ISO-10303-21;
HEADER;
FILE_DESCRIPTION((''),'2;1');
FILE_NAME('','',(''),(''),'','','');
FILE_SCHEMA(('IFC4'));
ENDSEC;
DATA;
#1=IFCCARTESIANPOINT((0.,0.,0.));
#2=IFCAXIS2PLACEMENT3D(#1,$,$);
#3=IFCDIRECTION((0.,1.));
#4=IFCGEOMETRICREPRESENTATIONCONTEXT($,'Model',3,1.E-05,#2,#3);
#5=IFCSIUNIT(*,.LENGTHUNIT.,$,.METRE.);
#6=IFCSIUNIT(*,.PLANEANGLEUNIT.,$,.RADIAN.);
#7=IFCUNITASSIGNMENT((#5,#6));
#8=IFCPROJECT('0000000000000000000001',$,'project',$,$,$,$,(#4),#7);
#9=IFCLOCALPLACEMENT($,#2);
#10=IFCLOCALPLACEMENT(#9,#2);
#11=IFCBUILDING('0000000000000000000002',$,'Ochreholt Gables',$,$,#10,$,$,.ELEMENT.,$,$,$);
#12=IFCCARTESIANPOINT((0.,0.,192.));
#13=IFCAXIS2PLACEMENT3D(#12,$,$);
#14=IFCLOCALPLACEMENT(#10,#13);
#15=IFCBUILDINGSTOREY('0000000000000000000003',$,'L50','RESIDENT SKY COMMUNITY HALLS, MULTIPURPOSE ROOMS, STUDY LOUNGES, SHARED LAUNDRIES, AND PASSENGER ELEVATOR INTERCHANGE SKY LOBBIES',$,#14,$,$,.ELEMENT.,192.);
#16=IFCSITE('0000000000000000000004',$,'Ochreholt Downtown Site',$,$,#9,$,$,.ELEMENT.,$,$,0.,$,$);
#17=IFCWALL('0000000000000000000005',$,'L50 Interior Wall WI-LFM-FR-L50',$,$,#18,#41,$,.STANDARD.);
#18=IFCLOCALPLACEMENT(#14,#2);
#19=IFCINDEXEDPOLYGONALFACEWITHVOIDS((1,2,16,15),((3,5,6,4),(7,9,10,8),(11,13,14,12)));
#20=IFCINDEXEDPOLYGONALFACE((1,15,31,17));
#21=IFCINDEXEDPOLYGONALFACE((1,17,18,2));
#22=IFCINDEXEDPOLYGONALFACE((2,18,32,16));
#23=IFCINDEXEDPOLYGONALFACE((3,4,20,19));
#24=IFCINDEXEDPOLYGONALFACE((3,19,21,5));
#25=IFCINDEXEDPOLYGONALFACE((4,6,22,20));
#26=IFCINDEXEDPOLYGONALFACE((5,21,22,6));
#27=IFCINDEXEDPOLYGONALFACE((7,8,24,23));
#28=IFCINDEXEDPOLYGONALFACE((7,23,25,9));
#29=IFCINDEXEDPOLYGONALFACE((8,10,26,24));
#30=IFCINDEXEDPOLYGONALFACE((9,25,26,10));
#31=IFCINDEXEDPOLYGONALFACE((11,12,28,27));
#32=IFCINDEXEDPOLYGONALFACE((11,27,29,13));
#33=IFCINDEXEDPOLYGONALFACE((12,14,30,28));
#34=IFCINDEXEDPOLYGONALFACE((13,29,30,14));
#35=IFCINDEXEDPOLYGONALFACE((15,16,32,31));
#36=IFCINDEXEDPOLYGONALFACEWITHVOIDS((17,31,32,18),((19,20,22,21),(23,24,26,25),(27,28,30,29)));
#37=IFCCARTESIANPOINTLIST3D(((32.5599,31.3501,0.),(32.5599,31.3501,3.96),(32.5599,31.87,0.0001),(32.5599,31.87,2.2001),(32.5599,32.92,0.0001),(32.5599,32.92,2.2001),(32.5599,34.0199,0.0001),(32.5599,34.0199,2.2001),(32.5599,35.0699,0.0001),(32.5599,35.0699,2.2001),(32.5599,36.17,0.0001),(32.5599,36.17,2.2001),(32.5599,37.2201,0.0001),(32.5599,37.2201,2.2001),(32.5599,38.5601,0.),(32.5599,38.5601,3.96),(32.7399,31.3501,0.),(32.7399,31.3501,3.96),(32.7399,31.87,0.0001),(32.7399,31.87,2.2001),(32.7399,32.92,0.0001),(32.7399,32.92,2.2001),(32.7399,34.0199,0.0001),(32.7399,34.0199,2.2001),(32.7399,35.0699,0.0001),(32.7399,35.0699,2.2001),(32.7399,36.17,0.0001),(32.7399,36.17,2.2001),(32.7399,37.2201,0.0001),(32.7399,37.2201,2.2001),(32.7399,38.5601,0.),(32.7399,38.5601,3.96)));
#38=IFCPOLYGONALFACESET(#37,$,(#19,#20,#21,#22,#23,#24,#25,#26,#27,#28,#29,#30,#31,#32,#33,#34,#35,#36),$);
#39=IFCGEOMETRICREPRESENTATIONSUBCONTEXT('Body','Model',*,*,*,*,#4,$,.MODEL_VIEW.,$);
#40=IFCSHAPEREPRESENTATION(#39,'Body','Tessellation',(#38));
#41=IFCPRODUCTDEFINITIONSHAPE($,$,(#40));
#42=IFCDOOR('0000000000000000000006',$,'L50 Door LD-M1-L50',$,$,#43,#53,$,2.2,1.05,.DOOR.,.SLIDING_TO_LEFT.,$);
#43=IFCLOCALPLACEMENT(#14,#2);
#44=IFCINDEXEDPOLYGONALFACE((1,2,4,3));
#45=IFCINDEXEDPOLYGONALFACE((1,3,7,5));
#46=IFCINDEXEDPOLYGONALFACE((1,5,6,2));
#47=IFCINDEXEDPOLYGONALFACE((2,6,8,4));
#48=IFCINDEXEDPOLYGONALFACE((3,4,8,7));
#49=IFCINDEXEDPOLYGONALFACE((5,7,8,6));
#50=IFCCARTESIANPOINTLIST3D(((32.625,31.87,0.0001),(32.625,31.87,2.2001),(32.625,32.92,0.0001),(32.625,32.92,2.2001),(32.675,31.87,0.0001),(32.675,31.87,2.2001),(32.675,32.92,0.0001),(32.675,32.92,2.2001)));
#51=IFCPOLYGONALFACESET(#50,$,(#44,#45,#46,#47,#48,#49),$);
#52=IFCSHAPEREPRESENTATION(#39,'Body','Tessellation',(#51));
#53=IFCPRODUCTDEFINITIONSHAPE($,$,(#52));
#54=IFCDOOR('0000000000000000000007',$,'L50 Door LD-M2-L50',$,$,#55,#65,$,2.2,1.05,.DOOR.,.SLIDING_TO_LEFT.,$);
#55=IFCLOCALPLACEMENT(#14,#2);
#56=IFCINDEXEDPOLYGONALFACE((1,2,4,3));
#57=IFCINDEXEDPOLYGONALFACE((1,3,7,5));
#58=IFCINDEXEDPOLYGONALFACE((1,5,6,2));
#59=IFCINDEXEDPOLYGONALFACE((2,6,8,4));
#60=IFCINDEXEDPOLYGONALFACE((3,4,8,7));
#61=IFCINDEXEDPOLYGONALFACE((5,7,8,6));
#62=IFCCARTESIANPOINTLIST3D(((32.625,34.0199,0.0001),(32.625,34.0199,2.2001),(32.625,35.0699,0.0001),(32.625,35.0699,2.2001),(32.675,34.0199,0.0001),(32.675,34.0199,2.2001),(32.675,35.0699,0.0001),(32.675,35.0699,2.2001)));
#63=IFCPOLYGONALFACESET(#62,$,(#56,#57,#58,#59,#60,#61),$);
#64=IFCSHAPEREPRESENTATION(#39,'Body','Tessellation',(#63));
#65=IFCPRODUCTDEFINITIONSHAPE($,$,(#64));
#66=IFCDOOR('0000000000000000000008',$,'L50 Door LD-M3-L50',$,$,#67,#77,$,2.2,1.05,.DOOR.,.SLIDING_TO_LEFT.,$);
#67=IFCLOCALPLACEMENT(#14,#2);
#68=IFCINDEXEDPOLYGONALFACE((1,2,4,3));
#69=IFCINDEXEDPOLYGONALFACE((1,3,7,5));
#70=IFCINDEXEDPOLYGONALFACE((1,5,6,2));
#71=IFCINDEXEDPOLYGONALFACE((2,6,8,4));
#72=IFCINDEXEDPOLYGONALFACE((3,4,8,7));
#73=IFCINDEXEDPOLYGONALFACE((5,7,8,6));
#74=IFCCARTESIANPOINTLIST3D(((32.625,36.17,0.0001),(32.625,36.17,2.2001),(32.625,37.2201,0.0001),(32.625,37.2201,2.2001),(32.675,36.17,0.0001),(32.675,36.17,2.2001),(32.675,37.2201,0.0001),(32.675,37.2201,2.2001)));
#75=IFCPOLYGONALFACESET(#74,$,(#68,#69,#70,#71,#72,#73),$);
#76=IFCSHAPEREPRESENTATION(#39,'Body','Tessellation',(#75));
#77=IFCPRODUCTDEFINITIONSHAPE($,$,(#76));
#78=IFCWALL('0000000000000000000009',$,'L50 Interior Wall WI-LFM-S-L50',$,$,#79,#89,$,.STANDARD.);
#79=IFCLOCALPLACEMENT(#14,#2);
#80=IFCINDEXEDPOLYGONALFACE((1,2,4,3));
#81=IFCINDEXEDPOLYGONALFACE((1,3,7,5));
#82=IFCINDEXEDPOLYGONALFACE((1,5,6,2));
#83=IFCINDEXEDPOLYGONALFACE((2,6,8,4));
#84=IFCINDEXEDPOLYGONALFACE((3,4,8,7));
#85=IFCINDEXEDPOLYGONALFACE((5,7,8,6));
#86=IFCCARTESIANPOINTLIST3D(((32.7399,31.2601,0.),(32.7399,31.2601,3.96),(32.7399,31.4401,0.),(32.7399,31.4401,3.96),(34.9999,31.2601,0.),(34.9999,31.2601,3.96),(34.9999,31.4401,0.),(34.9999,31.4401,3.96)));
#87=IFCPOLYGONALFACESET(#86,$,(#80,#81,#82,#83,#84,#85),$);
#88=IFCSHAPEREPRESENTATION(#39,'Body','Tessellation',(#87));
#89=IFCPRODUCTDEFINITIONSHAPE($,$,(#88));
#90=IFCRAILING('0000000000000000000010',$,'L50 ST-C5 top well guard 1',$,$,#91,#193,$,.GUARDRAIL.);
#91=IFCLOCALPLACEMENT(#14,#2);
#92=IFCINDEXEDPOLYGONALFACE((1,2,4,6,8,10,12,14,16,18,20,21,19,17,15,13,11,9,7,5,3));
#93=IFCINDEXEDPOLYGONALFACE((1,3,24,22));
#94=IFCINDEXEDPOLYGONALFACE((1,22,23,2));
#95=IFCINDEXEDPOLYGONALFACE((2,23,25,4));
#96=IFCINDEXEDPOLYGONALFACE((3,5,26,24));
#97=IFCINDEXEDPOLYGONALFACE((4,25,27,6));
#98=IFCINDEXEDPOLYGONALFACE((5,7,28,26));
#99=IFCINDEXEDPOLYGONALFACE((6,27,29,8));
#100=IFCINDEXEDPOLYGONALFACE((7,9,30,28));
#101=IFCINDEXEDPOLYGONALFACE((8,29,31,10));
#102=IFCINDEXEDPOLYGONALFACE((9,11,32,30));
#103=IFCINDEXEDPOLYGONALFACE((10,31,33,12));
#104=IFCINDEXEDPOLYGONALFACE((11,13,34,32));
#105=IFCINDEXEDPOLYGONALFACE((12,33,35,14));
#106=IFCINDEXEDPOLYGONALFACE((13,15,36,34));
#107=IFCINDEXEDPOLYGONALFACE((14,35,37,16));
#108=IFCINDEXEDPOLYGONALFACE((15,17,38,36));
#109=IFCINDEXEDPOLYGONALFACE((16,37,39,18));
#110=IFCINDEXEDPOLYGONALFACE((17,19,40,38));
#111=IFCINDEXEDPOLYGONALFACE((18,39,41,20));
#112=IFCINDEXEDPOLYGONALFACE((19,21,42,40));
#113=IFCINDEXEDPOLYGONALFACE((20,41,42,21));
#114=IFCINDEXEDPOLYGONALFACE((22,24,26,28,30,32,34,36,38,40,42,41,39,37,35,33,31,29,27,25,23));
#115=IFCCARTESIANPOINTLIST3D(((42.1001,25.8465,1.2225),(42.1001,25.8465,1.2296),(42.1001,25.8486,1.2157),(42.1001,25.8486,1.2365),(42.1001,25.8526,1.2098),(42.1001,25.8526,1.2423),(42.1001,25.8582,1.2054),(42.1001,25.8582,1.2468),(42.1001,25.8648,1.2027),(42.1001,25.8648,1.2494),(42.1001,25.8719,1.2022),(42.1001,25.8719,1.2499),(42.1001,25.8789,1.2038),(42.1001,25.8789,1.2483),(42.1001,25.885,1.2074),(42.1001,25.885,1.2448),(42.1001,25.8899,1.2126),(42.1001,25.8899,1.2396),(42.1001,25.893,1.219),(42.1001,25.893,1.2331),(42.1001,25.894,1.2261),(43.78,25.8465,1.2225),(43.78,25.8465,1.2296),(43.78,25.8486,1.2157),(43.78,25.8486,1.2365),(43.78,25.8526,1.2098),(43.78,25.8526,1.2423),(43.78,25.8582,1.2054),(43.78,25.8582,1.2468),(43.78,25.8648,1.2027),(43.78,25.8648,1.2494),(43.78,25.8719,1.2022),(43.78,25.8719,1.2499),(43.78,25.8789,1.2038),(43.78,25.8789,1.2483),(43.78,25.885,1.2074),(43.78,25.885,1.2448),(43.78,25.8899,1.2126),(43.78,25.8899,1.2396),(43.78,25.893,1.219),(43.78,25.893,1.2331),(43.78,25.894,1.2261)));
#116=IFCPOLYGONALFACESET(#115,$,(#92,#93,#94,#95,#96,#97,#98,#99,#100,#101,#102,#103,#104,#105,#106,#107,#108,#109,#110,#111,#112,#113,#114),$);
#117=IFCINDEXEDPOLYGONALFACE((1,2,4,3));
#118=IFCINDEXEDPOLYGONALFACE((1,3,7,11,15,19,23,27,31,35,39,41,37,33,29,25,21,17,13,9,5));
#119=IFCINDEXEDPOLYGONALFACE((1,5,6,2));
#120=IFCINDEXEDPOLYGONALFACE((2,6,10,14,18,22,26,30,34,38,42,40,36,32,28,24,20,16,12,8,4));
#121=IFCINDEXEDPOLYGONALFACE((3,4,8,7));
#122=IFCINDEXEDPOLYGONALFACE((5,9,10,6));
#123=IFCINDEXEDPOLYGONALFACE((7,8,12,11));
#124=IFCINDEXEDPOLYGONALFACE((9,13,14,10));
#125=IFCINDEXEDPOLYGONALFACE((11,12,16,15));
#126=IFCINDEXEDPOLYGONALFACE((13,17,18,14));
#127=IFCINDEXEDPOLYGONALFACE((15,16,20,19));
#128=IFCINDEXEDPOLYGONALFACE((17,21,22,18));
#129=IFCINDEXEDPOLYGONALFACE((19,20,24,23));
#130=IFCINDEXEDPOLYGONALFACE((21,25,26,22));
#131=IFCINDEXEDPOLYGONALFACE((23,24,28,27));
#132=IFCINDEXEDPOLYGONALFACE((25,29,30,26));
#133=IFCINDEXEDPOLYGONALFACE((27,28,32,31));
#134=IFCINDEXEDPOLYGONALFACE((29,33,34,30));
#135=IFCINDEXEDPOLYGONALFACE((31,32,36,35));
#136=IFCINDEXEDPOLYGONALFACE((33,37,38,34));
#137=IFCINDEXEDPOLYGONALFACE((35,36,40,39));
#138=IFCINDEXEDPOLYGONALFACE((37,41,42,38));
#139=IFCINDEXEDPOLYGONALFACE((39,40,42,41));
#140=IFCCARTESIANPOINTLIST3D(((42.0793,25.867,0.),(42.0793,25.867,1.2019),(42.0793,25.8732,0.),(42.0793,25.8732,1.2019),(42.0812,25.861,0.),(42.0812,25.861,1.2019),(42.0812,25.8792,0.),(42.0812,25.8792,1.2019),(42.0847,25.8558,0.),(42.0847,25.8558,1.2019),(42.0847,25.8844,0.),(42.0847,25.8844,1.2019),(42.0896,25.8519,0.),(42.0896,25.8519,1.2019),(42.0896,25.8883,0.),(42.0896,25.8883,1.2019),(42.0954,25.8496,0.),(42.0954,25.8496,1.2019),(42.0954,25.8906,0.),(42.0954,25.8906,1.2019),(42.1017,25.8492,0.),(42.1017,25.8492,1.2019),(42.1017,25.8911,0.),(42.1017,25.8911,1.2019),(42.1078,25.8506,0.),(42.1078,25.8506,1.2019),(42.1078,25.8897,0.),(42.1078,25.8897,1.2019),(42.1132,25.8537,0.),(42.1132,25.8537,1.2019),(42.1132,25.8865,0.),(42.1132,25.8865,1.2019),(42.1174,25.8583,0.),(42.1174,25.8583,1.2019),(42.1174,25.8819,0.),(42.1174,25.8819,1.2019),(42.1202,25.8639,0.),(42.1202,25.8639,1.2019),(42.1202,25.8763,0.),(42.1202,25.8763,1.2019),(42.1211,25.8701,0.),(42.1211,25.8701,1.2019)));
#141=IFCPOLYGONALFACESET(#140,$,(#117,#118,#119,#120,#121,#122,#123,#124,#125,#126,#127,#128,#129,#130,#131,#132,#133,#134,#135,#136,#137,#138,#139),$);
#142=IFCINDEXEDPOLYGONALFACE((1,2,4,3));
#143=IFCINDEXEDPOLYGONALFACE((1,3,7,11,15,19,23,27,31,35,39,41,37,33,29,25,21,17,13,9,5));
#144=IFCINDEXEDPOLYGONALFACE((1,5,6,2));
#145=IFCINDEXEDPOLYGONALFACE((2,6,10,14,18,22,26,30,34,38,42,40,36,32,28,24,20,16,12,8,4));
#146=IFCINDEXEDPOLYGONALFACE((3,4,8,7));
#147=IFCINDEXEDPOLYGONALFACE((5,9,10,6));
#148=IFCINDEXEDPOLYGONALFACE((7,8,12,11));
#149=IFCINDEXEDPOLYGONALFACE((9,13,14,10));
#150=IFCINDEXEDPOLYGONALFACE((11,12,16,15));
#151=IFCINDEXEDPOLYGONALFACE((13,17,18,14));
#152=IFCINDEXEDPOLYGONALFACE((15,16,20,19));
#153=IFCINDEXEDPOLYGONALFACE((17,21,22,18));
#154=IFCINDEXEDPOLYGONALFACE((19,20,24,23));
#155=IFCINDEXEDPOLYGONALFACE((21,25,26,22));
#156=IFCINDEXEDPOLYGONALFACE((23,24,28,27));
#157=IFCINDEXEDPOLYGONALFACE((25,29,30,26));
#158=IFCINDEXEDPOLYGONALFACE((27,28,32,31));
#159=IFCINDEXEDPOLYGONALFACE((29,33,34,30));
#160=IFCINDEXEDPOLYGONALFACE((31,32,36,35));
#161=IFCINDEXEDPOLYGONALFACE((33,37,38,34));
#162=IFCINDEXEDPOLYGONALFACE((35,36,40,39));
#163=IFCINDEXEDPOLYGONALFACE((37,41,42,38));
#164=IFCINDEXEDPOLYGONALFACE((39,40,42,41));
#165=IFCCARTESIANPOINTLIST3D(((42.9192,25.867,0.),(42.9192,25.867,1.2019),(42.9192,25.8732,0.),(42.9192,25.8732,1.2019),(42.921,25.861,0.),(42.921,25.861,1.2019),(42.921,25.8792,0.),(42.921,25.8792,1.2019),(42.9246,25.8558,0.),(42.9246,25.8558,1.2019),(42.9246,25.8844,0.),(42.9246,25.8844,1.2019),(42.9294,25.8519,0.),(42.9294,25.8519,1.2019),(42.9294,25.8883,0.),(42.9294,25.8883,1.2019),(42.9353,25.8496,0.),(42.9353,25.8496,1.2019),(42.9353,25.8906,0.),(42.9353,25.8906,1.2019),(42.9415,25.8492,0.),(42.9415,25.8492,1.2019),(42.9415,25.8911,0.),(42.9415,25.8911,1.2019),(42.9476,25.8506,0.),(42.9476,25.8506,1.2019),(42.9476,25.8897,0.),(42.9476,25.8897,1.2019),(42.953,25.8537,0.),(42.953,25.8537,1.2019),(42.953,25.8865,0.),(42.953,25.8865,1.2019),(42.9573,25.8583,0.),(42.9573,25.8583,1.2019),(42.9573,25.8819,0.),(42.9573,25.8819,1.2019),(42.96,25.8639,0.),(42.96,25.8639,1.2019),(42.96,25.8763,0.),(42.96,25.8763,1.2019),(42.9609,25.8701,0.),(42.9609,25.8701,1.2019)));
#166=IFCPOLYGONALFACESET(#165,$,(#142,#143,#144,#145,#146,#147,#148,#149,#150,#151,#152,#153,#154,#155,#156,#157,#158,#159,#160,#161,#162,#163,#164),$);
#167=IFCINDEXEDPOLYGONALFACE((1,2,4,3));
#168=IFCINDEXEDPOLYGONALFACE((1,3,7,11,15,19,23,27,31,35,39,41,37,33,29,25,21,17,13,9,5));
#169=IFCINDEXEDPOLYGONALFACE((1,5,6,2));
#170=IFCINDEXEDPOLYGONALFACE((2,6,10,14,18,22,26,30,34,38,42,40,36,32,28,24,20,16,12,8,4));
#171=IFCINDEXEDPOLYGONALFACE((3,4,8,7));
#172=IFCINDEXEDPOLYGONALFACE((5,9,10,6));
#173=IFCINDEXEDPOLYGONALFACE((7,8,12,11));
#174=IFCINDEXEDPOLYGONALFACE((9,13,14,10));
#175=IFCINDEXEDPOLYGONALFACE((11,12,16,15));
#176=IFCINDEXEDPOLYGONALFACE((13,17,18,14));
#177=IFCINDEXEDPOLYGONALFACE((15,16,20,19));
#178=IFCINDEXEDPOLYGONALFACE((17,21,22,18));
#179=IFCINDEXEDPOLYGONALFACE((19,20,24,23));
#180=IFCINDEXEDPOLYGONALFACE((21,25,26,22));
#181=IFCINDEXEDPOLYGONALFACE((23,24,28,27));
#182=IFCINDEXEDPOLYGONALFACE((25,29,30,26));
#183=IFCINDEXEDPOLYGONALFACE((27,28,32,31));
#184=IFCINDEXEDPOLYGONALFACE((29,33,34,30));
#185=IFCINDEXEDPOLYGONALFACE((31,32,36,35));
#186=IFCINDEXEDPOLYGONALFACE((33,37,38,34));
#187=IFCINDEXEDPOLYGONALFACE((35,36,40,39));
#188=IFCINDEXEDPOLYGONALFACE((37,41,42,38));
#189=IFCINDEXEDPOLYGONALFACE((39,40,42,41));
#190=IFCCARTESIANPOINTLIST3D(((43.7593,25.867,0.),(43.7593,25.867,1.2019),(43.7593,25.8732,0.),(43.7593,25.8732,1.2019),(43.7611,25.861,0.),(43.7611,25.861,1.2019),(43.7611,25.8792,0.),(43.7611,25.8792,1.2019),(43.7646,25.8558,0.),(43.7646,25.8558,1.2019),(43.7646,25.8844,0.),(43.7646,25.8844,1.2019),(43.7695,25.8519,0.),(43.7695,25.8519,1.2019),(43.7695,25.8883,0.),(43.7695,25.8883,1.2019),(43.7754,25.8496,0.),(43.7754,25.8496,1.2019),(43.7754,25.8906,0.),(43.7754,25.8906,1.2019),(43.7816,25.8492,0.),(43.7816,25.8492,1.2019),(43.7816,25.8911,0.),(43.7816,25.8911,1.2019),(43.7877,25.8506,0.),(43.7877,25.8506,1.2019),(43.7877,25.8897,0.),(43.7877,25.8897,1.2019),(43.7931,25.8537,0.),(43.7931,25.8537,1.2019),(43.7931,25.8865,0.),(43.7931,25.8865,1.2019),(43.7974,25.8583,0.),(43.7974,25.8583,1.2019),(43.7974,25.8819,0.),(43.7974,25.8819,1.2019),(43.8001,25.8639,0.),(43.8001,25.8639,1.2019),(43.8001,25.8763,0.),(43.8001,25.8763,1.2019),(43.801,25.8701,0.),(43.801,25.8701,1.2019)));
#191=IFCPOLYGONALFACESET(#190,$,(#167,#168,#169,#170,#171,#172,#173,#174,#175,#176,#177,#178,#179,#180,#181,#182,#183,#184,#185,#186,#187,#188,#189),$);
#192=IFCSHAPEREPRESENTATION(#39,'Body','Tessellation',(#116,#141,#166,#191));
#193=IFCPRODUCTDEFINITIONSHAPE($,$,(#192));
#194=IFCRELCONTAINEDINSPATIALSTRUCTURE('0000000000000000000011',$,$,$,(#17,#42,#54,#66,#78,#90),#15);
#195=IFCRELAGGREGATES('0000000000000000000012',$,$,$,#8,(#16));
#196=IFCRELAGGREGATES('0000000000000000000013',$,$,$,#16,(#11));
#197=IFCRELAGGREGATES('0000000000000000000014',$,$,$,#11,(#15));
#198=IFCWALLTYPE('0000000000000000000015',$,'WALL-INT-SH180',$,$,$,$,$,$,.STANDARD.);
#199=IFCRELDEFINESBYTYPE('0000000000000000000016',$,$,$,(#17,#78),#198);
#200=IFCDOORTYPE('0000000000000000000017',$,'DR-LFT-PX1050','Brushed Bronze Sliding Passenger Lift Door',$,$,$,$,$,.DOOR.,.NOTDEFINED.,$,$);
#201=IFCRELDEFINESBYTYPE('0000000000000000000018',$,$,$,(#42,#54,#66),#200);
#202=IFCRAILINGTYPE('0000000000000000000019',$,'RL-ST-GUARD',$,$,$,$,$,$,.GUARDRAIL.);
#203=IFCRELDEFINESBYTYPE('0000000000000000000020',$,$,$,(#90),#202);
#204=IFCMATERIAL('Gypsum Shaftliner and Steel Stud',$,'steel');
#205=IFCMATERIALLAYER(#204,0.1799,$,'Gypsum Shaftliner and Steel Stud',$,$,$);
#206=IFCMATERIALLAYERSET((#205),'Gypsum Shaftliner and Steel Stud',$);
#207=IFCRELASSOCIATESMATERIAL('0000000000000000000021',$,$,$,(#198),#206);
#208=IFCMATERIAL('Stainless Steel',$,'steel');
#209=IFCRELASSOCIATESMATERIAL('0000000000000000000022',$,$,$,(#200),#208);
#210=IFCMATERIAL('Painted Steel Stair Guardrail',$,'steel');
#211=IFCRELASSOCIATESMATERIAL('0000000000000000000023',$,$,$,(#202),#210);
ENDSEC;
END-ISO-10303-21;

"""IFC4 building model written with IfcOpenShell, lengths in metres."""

from ifc_helpers import new_model, si_unit, direction, frame, frame_2d, origin, origin_2d, place, context, subcontext, project, spatial, rectangle, circle, extrude, material, layer, layer_set, type_object, element, fill, save


model = new_model("IFC4")

# Units and contexts
model_context = context("Model", 3, precision=1e-05, world=origin(), true_north=direction((0.0, 1.0)))
body_context = subcontext(model_context, "Body", "Model", "MODEL_VIEW")
ifc_project = project(units=[si_unit("LENGTHUNIT", "METRE"), si_unit("PLANEANGLEUNIT", "RADIAN")], contexts=[model_context])

# Site, building, storey
site_placement = place(None, origin())
site = spatial("IfcSite", under=ifc_project, at=site_placement, Name="Ochreholt Downtown Site", CompositionType="ELEMENT", RefElevation=0.0)
building_placement = place(site_placement, origin())
building = spatial("IfcBuilding", under=site, at=building_placement, Name="Ochreholt Gables", CompositionType="ELEMENT")
storey_placement = place(building_placement, frame((0.0, 0.0, 192.0)))
storey = spatial("IfcBuildingStorey", under=building, at=storey_placement, Name="L50", Description="RESIDENT SKY COMMUNITY HALLS, MULTIPURPOSE ROOMS, STUDY LOUNGES, SHARED LAUNDRIES, AND PASSENGER ELEVATOR INTERCHANGE SKY LOBBIES", CompositionType="ELEMENT", Elevation=192.0)

# Shared definitions
ifc_material_1 = material(Name="Gypsum Shaftliner and Steel Stud", Category="steel")
ifc_layer_1 = layer(ifc_material_1, 0.1799, Name="Gypsum Shaftliner and Steel Stud")
ifc_layer_set_1 = layer_set([ifc_layer_1], Name="Gypsum Shaftliner and Steel Stud")
wall_type_1 = type_object("IfcWallType", Name="WALL-INT-SH180", PredefinedType="STANDARD", material=ifc_layer_set_1)

# Wall, openings, doors
wall_1_placement = place(storey_placement, frame((32.6499, 31.3501, 0.0), z_axis=(0.0, 0.0, 1.0), x_axis=(0.0, 1.0, 0.0)))
wall_1 = element("IfcWall", 1, at=wall_1_placement, inside=storey, type_object=wall_type_1, Name="L50 Interior Wall WI-LFM-FR-L50", PredefinedType="STANDARD", context=body_context, shape_type="SweptSolid", body=[
    extrude(rectangle(XDim=7.21, YDim=0.1799, at=frame_2d((3.605, 0.0))), origin(), (0.0, 0.0, 1.0), 3.96),
])
opening_1_placement = place(wall_1_placement, frame((0.52, 0.0, 0.0)))
opening_1 = element("IfcOpeningElement", 2, at=opening_1_placement, cuts=wall_1, PredefinedType="OPENING", context=body_context, shape_type="SweptSolid", body=[
    extrude(rectangle(XDim=1.05, YDim=2.2, at=frame_2d((0.5249, 1.1001))), frame((0.0, 0.0999, 0.0), z_axis=(0.0, -1.0, 0.0), x_axis=(1.0, 0.0, 0.0)), (0.0, 0.0, 1.0), 0.2),
])
opening_2_placement = place(wall_1_placement, frame((2.6699, 0.0, 0.0)))
opening_2 = element("IfcOpeningElement", 3, at=opening_2_placement, cuts=wall_1, PredefinedType="OPENING", context=body_context, shape_type="SweptSolid", body=[
    extrude(rectangle(XDim=1.05, YDim=2.2, at=frame_2d((0.5249, 1.1001))), frame((0.0, 0.0999, 0.0), z_axis=(0.0, -1.0, 0.0), x_axis=(1.0, 0.0, 0.0)), (0.0, 0.0, 1.0), 0.2),
])
opening_3_placement = place(wall_1_placement, frame((4.8201, 0.0, 0.0)))
opening_3 = element("IfcOpeningElement", 4, at=opening_3_placement, cuts=wall_1, PredefinedType="OPENING", context=body_context, shape_type="SweptSolid", body=[
    extrude(rectangle(XDim=1.05, YDim=2.2, at=frame_2d((0.5249, 1.1001))), frame((0.0, 0.0999, 0.0), z_axis=(0.0, -1.0, 0.0), x_axis=(1.0, 0.0, 0.0)), (0.0, 0.0, 1.0), 0.2),
])
ifc_material_2 = material(Name="Stainless Steel", Category="steel")
door_type = type_object("IfcDoorType", Name="DR-LFT-PX1050", Description="Brushed Bronze Sliding Passenger Lift Door", OperationType="NOTDEFINED", PredefinedType="DOOR", material=ifc_material_2)
door_1_placement = place(opening_1_placement, origin())
door_1 = element("IfcDoor", 5, at=door_1_placement, inside=storey, type_object=door_type, Name="L50 Door LD-M1-L50", OperationType="SLIDING_TO_LEFT", OverallHeight=2.2, OverallWidth=1.05, PredefinedType="DOOR", context=body_context, shape_type="SweptSolid", body=[
    extrude(rectangle(XDim=1.05, YDim=2.2, at=frame_2d((0.5249, 1.1001))), frame((0.0, 0.0249, 0.0), z_axis=(0.0, -1.0, 0.0), x_axis=(1.0, 0.0, 0.0)), (0.0, 0.0, 1.0), 0.05),
])
fill(opening_1, door_1)
door_2_placement = place(opening_2_placement, origin())
door_2 = element("IfcDoor", 6, at=door_2_placement, inside=storey, type_object=door_type, Name="L50 Door LD-M2-L50", OperationType="SLIDING_TO_LEFT", OverallHeight=2.2, OverallWidth=1.05, PredefinedType="DOOR", context=body_context, shape_type="SweptSolid", body=[
    extrude(rectangle(XDim=1.05, YDim=2.2, at=frame_2d((0.5249, 1.1001))), frame((0.0, 0.0249, 0.0), z_axis=(0.0, -1.0, 0.0), x_axis=(1.0, 0.0, 0.0)), (0.0, 0.0, 1.0), 0.05),
])
fill(opening_2, door_2)
door_3_placement = place(opening_3_placement, origin())
door_3 = element("IfcDoor", 7, at=door_3_placement, inside=storey, type_object=door_type, Name="L50 Door LD-M3-L50", OperationType="SLIDING_TO_LEFT", OverallHeight=2.2, OverallWidth=1.05, PredefinedType="DOOR", context=body_context, shape_type="SweptSolid", body=[
    extrude(rectangle(XDim=1.05, YDim=2.2, at=frame_2d((0.5249, 1.1001))), frame((0.0, 0.0249, 0.0), z_axis=(0.0, -1.0, 0.0), x_axis=(1.0, 0.0, 0.0)), (0.0, 0.0, 1.0), 0.05),
])
fill(opening_3, door_3)

# Wall
wall_2_placement = place(storey_placement, frame((32.74, 31.3501, 0.0), z_axis=(0.0, 0.0, 1.0), x_axis=(1.0, 0.0, 0.0)))
element("IfcWall", 8, at=wall_2_placement, inside=storey, type_object=wall_type_1, Name="L50 Interior Wall WI-LFM-S-L50", PredefinedType="STANDARD", context=body_context, shape_type="SweptSolid", body=[
    extrude(rectangle(XDim=2.26, YDim=0.1799, at=frame_2d((1.1299, 0.0))), origin(), (0.0, 0.0, 1.0), 3.96),
])

# Railing
ifc_material_3 = material(Name="Painted Steel Stair Guardrail", Category="steel")
railing_type = type_object("IfcRailingType", Name="RL-ST-GUARD", PredefinedType="GUARDRAIL", material=ifc_material_3)
railing_placement = place(storey_placement, frame((42.1001, 25.8701, 0.0)))
element("IfcRailing", 9, at=railing_placement, inside=storey, type_object=railing_type, Name="L50 ST-C5 top well guard 1", PredefinedType="GUARDRAIL", context=body_context, shape_type="SweptSolid", body=[
    extrude(circle(Radius=0.0239, at=origin_2d()), frame((0.0, 0.0, 1.2261), z_axis=(1.0, 0.0, 0.0), x_axis=(0.0, 1.0, 0.0)), (0.0, 0.0, 1.0), 1.6799),
    extrude(circle(Radius=0.021, at=origin_2d()), origin(), (0.0, 0.0, 1.0), 1.2019),
    extrude(circle(Radius=0.021, at=origin_2d()), frame((0.8398, 0.0, 0.0)), (0.0, 0.0, 1.0), 1.2019),
    extrude(circle(Radius=0.021, at=origin_2d()), frame((1.6799, 0.0, 0.0)), (0.0, 0.0, 1.0), 1.2019),
])

save(model, "model.ifc")
